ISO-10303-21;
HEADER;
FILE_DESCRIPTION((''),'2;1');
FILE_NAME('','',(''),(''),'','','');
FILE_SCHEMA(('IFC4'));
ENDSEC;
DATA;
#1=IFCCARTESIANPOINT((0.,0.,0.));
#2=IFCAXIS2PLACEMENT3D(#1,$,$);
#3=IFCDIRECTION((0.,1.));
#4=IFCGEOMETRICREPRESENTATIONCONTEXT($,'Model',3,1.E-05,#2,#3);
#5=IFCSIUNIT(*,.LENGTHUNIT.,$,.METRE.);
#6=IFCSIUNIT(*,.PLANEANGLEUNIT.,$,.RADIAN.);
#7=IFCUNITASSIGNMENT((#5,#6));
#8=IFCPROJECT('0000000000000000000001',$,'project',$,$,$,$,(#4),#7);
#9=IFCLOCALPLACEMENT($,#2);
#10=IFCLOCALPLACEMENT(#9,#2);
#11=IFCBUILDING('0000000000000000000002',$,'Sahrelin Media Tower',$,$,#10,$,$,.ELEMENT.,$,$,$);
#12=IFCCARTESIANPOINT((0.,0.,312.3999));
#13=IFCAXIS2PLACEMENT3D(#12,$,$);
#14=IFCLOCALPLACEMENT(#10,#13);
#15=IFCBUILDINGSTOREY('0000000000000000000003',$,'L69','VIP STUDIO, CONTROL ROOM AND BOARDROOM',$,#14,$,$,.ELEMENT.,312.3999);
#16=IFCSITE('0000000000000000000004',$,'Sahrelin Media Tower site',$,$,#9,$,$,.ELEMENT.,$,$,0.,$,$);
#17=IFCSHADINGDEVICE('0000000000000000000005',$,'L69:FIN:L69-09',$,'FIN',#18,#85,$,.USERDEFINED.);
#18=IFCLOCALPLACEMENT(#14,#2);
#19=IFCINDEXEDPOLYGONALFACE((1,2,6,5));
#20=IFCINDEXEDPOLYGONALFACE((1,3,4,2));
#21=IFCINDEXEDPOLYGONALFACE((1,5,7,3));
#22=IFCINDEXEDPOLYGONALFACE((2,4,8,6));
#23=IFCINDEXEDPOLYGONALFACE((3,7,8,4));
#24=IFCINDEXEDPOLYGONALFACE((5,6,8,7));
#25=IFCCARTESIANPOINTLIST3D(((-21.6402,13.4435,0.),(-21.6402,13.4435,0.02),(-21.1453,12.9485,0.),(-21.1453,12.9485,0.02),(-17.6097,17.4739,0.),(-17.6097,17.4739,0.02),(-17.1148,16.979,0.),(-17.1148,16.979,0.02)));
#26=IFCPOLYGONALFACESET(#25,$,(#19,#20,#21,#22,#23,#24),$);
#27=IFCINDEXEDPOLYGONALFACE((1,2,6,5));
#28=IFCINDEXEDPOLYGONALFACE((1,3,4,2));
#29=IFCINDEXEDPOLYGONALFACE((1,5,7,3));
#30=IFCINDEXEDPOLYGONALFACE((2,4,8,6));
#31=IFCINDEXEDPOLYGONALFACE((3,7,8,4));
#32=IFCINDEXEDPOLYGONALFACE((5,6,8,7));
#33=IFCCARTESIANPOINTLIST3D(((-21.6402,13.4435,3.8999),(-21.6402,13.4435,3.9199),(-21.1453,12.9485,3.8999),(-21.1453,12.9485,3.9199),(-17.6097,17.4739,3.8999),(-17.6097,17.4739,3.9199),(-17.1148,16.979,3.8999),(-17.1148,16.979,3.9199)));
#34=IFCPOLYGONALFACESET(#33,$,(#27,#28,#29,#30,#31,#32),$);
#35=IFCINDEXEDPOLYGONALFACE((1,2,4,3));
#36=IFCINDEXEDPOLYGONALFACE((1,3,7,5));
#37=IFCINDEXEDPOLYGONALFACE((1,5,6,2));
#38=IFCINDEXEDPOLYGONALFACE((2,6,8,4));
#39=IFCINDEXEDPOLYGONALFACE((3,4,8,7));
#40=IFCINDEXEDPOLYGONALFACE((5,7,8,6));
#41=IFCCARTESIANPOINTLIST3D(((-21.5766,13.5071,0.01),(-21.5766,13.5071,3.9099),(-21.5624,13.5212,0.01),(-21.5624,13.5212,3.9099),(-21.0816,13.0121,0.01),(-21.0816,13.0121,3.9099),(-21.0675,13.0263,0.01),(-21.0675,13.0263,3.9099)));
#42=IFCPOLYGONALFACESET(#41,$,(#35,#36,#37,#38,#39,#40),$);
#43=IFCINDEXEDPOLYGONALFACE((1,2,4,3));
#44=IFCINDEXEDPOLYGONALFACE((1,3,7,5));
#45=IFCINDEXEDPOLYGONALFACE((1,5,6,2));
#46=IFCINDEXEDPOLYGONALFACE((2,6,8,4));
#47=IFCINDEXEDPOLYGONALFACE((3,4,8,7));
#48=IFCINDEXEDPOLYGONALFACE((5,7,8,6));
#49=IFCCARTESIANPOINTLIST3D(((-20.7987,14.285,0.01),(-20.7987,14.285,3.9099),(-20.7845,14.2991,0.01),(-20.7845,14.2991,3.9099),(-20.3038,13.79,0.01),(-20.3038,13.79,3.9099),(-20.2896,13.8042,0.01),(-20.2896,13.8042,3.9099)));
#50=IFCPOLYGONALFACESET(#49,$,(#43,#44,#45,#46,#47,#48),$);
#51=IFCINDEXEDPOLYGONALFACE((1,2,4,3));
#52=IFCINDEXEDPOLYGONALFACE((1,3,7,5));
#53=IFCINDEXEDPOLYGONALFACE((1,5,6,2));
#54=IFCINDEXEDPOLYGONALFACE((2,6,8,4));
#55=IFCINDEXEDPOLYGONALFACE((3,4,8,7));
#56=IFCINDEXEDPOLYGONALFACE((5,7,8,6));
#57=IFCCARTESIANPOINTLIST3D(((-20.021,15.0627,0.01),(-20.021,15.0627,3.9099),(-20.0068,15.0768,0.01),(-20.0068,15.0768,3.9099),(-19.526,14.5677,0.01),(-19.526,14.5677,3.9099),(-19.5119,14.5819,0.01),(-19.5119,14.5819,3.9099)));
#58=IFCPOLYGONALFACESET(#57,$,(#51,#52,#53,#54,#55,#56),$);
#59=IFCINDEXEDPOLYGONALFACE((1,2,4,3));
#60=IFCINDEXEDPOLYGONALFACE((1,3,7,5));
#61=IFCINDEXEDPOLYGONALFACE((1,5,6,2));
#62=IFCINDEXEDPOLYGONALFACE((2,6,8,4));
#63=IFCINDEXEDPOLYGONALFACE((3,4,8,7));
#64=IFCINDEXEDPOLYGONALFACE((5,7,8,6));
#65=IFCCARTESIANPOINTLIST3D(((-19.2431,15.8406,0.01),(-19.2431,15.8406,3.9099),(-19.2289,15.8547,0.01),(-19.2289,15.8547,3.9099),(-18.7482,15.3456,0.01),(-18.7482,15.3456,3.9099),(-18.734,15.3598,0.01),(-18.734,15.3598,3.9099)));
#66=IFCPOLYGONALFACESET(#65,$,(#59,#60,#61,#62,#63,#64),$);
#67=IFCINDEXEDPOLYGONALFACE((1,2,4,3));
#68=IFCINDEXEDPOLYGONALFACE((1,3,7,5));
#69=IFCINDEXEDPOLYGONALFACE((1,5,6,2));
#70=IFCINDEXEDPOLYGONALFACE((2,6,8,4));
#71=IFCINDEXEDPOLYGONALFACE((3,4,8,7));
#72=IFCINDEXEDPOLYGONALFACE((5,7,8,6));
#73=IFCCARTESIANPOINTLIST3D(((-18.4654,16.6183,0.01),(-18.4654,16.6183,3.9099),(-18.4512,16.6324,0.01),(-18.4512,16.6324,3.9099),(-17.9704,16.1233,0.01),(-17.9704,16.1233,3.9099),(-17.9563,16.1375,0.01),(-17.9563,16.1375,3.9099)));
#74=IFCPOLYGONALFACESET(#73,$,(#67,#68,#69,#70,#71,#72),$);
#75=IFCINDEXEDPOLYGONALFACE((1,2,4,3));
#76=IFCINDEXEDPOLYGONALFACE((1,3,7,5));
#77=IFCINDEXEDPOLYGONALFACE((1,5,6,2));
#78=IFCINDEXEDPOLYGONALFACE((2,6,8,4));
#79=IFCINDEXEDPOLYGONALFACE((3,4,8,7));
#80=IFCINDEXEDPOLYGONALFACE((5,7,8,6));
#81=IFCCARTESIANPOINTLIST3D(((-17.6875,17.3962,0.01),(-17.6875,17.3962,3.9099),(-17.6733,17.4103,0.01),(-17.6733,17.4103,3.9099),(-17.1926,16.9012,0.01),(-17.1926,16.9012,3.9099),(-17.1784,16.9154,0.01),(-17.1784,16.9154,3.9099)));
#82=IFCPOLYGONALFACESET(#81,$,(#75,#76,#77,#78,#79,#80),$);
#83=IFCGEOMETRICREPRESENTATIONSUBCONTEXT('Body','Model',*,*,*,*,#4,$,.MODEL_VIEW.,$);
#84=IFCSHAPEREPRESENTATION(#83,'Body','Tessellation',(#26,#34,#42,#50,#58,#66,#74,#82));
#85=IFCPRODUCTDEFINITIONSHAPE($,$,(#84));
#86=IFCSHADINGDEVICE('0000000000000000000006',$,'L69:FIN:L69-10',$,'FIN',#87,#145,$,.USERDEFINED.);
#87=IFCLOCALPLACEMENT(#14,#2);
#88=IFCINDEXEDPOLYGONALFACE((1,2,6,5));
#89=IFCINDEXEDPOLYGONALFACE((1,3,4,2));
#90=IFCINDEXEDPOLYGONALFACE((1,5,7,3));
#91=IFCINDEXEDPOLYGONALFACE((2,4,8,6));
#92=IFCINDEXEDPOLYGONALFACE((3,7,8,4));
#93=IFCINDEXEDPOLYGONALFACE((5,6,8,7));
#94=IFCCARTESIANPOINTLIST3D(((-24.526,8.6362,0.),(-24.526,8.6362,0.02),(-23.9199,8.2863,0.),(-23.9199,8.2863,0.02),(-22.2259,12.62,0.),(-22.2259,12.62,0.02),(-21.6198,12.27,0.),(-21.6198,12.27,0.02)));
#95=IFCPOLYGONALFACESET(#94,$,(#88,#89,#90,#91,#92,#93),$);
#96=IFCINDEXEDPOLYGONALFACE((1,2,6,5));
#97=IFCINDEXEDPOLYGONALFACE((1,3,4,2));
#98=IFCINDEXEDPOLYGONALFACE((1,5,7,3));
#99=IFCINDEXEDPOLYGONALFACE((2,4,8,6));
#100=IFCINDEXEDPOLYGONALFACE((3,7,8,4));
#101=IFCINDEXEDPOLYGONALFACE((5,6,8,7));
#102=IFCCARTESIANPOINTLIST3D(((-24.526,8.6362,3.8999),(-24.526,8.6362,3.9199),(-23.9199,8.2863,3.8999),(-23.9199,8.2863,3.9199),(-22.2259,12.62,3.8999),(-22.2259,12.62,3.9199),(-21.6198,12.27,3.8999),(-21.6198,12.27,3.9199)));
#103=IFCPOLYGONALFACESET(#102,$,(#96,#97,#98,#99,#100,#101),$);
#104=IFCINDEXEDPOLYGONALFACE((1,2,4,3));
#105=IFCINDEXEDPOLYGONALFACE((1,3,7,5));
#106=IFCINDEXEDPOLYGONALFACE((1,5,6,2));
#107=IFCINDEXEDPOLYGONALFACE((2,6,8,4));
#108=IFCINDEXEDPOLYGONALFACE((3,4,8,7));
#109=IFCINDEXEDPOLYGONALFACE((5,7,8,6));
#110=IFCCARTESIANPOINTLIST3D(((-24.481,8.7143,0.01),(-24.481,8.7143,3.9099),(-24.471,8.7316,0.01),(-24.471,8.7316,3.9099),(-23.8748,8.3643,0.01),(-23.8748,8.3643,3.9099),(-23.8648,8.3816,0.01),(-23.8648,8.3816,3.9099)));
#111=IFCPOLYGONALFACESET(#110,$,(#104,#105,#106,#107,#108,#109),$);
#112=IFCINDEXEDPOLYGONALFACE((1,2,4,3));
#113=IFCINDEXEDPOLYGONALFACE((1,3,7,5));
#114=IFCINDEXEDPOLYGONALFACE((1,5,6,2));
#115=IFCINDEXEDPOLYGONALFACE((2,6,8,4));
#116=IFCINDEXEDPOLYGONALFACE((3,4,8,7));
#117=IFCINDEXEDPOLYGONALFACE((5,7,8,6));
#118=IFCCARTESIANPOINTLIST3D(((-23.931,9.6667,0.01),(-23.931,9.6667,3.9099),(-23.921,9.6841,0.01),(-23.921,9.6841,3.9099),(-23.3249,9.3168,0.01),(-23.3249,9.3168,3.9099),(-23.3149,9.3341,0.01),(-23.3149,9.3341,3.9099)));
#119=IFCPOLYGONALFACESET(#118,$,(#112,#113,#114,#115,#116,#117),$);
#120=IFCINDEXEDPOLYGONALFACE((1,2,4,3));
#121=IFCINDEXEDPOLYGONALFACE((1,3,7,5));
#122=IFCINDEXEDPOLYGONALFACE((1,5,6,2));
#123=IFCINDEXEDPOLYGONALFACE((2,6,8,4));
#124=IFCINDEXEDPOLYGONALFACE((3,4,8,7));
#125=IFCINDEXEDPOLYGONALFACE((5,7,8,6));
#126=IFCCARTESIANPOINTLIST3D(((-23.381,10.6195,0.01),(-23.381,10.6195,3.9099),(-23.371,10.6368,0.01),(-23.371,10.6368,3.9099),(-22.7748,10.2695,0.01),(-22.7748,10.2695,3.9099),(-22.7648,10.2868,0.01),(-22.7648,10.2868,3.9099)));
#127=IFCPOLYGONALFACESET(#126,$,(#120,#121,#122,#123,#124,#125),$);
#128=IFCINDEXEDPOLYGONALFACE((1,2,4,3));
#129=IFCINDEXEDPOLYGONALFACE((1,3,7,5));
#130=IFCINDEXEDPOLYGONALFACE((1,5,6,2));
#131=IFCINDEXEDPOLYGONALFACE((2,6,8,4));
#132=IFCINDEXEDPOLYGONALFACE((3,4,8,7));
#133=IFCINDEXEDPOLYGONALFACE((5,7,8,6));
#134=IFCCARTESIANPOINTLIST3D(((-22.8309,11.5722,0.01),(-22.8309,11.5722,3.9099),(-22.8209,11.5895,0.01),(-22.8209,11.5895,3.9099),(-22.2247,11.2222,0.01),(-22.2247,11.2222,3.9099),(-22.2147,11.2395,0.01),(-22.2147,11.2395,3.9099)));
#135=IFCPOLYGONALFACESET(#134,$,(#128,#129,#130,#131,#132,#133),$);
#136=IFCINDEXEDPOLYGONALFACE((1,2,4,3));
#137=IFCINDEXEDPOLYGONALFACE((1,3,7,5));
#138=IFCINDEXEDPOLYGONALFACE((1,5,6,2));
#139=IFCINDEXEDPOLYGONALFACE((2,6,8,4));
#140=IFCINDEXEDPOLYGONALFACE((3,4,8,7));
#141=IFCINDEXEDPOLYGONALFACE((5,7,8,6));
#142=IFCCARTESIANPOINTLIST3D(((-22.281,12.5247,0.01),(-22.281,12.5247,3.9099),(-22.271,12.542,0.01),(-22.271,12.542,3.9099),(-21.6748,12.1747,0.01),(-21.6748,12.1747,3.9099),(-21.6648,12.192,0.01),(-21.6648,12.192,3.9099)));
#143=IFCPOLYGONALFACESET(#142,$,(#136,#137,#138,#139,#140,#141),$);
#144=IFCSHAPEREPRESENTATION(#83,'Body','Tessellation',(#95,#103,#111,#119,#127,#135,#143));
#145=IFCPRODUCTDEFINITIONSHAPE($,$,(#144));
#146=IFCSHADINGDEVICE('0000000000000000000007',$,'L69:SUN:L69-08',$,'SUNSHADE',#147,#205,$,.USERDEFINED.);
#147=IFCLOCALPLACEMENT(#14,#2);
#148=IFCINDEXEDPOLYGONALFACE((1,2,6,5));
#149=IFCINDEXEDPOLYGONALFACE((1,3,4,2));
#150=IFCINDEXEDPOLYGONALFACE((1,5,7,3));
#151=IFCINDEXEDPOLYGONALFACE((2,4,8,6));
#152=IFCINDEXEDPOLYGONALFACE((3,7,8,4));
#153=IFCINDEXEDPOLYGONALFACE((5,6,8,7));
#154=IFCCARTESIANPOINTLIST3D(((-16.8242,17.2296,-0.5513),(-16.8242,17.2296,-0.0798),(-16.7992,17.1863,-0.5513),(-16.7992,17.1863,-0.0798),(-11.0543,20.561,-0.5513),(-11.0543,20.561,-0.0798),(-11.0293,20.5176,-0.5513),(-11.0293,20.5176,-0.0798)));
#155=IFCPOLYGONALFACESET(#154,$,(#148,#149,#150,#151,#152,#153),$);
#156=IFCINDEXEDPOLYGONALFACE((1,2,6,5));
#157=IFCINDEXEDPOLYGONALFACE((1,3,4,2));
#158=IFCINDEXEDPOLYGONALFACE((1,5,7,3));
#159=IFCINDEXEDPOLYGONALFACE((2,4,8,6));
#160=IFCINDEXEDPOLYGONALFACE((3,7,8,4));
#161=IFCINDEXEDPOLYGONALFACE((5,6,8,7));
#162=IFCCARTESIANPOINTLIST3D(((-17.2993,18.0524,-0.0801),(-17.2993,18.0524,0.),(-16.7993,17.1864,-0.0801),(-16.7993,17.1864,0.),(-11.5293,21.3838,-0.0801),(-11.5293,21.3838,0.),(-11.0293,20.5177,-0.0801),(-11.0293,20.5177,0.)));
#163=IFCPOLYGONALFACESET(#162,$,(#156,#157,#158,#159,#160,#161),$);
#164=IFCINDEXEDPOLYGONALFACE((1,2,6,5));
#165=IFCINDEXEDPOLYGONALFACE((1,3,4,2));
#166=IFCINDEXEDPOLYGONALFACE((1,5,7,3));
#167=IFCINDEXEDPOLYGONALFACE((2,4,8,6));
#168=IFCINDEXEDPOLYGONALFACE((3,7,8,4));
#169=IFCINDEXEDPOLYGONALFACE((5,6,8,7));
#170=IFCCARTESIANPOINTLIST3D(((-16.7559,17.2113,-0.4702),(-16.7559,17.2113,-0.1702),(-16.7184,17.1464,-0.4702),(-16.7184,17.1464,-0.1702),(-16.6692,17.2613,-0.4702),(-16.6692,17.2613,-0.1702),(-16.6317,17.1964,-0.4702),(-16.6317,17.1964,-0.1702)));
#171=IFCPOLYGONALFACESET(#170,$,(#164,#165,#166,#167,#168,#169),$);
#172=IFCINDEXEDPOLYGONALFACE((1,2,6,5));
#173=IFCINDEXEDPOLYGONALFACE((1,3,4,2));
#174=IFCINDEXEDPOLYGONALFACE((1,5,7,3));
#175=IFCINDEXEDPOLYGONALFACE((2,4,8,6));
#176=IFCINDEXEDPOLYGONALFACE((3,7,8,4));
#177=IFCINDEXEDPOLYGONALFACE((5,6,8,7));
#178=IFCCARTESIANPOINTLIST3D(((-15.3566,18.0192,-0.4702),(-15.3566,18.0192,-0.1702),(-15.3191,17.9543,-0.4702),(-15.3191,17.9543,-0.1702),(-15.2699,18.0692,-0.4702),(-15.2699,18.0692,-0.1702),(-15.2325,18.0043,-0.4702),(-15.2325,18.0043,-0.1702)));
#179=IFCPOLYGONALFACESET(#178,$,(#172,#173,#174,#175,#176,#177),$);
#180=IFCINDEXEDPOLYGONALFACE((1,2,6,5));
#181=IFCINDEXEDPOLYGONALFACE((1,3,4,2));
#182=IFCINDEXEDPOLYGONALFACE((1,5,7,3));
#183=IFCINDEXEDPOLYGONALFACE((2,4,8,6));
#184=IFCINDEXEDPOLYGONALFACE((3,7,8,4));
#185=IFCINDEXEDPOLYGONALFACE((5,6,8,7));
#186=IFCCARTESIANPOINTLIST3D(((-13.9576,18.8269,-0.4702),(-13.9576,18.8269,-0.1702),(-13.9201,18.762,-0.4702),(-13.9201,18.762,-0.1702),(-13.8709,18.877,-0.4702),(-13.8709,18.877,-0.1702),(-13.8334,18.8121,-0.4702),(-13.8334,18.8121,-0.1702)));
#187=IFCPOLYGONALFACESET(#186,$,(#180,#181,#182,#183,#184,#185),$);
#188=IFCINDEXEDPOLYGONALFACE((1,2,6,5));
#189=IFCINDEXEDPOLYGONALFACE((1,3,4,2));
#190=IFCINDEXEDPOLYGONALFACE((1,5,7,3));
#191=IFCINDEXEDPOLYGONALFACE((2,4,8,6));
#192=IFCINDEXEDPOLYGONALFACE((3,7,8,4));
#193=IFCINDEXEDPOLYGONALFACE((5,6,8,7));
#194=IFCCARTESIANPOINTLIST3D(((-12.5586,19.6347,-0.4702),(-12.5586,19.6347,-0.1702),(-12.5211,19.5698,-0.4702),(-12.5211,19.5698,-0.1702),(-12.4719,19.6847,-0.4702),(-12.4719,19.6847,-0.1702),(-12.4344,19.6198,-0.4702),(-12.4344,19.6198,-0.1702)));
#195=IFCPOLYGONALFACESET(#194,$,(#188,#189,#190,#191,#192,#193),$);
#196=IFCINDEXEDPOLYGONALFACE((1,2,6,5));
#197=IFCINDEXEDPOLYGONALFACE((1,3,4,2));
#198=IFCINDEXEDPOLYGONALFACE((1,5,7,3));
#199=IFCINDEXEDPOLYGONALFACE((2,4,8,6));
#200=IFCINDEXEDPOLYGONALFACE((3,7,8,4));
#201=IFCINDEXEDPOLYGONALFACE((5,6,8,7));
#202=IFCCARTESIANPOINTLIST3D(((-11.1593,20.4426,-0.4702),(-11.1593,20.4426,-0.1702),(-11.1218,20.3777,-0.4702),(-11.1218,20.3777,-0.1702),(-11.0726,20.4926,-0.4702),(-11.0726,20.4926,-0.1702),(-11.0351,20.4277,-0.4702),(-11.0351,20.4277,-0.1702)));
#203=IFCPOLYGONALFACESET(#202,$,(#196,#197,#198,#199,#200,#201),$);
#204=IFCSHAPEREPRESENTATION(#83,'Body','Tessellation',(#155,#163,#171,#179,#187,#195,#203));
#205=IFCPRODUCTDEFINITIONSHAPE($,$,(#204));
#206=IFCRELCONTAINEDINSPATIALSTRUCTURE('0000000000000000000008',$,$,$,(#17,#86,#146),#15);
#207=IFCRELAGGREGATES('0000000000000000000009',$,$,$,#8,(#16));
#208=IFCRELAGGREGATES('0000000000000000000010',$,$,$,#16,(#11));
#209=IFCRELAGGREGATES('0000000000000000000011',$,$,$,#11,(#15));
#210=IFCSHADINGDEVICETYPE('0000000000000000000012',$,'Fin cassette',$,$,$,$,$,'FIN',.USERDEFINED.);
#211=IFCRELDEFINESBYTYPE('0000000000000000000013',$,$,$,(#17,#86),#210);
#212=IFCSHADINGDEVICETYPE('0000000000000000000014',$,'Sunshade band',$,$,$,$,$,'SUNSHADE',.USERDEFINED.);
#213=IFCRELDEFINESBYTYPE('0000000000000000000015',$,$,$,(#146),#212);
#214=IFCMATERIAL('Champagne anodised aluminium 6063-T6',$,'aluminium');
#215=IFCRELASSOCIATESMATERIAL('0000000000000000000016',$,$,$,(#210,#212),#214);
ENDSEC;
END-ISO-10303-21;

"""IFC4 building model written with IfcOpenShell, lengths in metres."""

from ifc_helpers import new_model, si_unit, direction, frame, origin, origin_2d, place, context, subcontext, project, spatial, rectangle, extrude, material, type_object, element, save


model = new_model("IFC4")

# Units and contexts
model_context = context("Model", 3, precision=1e-05, world=origin(), true_north=direction((0.0, 1.0)))
body_context = subcontext(model_context, "Body", "Model", "MODEL_VIEW")
ifc_project = project(units=[si_unit("LENGTHUNIT", "METRE"), si_unit("PLANEANGLEUNIT", "RADIAN")], contexts=[model_context])

# Site, building, storey
site_placement = place(None, origin())
site = spatial("IfcSite", under=ifc_project, at=site_placement, Name="Sahrelin Media Tower site", CompositionType="ELEMENT", RefElevation=0.0)
building_placement = place(site_placement, origin())
building = spatial("IfcBuilding", under=site, at=building_placement, Name="Sahrelin Media Tower", CompositionType="ELEMENT")
storey_placement = place(building_placement, frame((0.0, 0.0, 312.3999)))
storey = spatial("IfcBuildingStorey", under=building, at=storey_placement, Name="L69", Description="VIP STUDIO, CONTROL ROOM AND BOARDROOM", CompositionType="ELEMENT", Elevation=312.3999)

# Shared definitions
ifc_material_1 = material(Name="Champagne anodised aluminium 6063-T6", Category="aluminium")

# Shading devices
shading_device_type_1 = type_object("IfcShadingDeviceType", Name="Fin cassette", ElementType="FIN", PredefinedType="USERDEFINED", material=ifc_material_1)
placement_1 = place(storey_placement, frame((-13.9043, 18.8347, 0.0), z_axis=(0.0, 0.0, 1.0), x_axis=(0.866019, 0.500011, 0.0)))
placement_2 = place(storey_placement, frame((-19.0806, 14.9143, 0.0), z_axis=(0.0, 0.0, 1.0), x_axis=(0.707107, 0.707107, 0.0)))
element("IfcShadingDevice", 1, at=placement_2, inside=storey, type_object=shading_device_type_1, Name="L69:FIN:L69-09", ObjectType="FIN", PredefinedType="USERDEFINED", context=body_context, shape_type="SweptSolid", body=[
    extrude(rectangle(XDim=5.7, YDim=0.7, at=origin_2d()), frame((0.0, 0.4199, 0.0)), (0.0, 0.0, 1.0), 0.02),
    extrude(rectangle(XDim=5.7, YDim=0.7, at=origin_2d()), frame((0.0, 0.4199, 3.8999)), (0.0, 0.0, 1.0), 0.02),
    extrude(rectangle(XDim=0.02, YDim=0.7, at=origin_2d()), frame((-2.75, 0.4199, 0.01), z_axis=(0.0, 0.0, 1.0), x_axis=(1.0, 0.0, 0.0)), (0.0, 0.0, 1.0), 3.8999),
    extrude(rectangle(XDim=0.02, YDim=0.7, at=origin_2d()), frame((-1.6499, 0.4199, 0.01), z_axis=(0.0, 0.0, 1.0), x_axis=(1.0, 0.0, 0.0)), (0.0, 0.0, 1.0), 3.8999),
    extrude(rectangle(XDim=0.02, YDim=0.7, at=origin_2d()), frame((-0.55, 0.4199, 0.01), z_axis=(0.0, 0.0, 1.0), x_axis=(1.0, 0.0, 0.0)), (0.0, 0.0, 1.0), 3.8999),
    extrude(rectangle(XDim=0.02, YDim=0.7, at=origin_2d()), frame((0.55, 0.4199, 0.01), z_axis=(0.0, 0.0, 1.0), x_axis=(1.0, 0.0, 0.0)), (0.0, 0.0, 1.0), 3.8999),
    extrude(rectangle(XDim=0.02, YDim=0.7, at=origin_2d()), frame((1.6499, 0.4199, 0.01), z_axis=(0.0, 0.0, 1.0), x_axis=(1.0, 0.0, 0.0)), (0.0, 0.0, 1.0), 3.8999),
    extrude(rectangle(XDim=0.02, YDim=0.7, at=origin_2d()), frame((2.75, 0.4199, 0.01), z_axis=(0.0, 0.0, 1.0), x_axis=(1.0, 0.0, 0.0)), (0.0, 0.0, 1.0), 3.8999),
])
placement_3 = place(storey_placement, frame((-22.7092, 10.2432, 0.0), z_axis=(0.0, 0.0, 1.0), x_axis=(0.500011, 0.866019, 0.0)))
element("IfcShadingDevice", 2, at=placement_3, inside=storey, type_object=shading_device_type_1, Name="L69:FIN:L69-10", ObjectType="FIN", PredefinedType="USERDEFINED", context=body_context, shape_type="SweptSolid", body=[
    extrude(rectangle(XDim=4.6001, YDim=0.7, at=origin_2d()), frame((0.0, 0.4199, 0.0)), (0.0, 0.0, 1.0), 0.02),
    extrude(rectangle(XDim=4.6001, YDim=0.7, at=origin_2d()), frame((0.0, 0.4199, 3.8999)), (0.0, 0.0, 1.0), 0.02),
    extrude(rectangle(XDim=0.02, YDim=0.7, at=origin_2d()), frame((-2.2, 0.4199, 0.01), z_axis=(0.0, 0.0, 1.0), x_axis=(1.0, 0.0, 0.0)), (0.0, 0.0, 1.0), 3.8999),
    extrude(rectangle(XDim=0.02, YDim=0.7, at=origin_2d()), frame((-1.1001, 0.4199, 0.01), z_axis=(0.0, 0.0, 1.0), x_axis=(1.0, 0.0, 0.0)), (0.0, 0.0, 1.0), 3.8999),
    extrude(rectangle(XDim=0.02, YDim=0.7, at=origin_2d()), frame((0.0, 0.4199, 0.01), z_axis=(0.0, 0.0, 1.0), x_axis=(1.0, 0.0, 0.0)), (0.0, 0.0, 1.0), 3.8999),
    extrude(rectangle(XDim=0.02, YDim=0.7, at=origin_2d()), frame((1.1001, 0.4199, 0.01), z_axis=(0.0, 0.0, 1.0), x_axis=(1.0, 0.0, 0.0)), (0.0, 0.0, 1.0), 3.8999),
    extrude(rectangle(XDim=0.02, YDim=0.7, at=origin_2d()), frame((2.2, 0.4199, 0.01), z_axis=(0.0, 0.0, 1.0), x_axis=(1.0, 0.0, 0.0)), (0.0, 0.0, 1.0), 3.8999),
])
shading_device_type_2 = type_object("IfcShadingDeviceType", Name="Sunshade band", ElementType="SUNSHADE", PredefinedType="USERDEFINED", material=ifc_material_1)
element("IfcShadingDevice", 3, at=placement_1, inside=storey, type_object=shading_device_type_2, Name="L69:SUN:L69-08", ObjectType="SUNSHADE", PredefinedType="USERDEFINED", context=body_context, shape_type="SweptSolid", body=[
    extrude(rectangle(XDim=6.6626, YDim=0.05, at=origin_2d()), frame((0.0, 0.0449, -0.5513)), (0.0, 0.0, 1.0), 0.4714),
    extrude(rectangle(XDim=6.6626, YDim=1.0, at=origin_2d()), frame((0.0, 0.52, -0.0801)), (0.0, 0.0, 1.0), 0.0801),
    extrude(rectangle(XDim=0.1001, YDim=0.075, at=origin_2d()), frame((-3.2312, -0.0176, -0.4702)), (0.0, 0.0, 1.0), 0.3),
    extrude(rectangle(XDim=0.1001, YDim=0.075, at=origin_2d()), frame((-1.6155, -0.0176, -0.4702)), (0.0, 0.0, 1.0), 0.3),
    extrude(rectangle(XDim=0.1001, YDim=0.075, at=origin_2d()), frame((0.0, -0.0176, -0.4702)), (0.0, 0.0, 1.0), 0.3),
    extrude(rectangle(XDim=0.1001, YDim=0.075, at=origin_2d()), frame((1.6155, -0.0176, -0.4702)), (0.0, 0.0, 1.0), 0.3),
    extrude(rectangle(XDim=0.1001, YDim=0.075, at=origin_2d()), frame((3.2312, -0.0176, -0.4702)), (0.0, 0.0, 1.0), 0.3),
])

save(model, "model.ifc")
